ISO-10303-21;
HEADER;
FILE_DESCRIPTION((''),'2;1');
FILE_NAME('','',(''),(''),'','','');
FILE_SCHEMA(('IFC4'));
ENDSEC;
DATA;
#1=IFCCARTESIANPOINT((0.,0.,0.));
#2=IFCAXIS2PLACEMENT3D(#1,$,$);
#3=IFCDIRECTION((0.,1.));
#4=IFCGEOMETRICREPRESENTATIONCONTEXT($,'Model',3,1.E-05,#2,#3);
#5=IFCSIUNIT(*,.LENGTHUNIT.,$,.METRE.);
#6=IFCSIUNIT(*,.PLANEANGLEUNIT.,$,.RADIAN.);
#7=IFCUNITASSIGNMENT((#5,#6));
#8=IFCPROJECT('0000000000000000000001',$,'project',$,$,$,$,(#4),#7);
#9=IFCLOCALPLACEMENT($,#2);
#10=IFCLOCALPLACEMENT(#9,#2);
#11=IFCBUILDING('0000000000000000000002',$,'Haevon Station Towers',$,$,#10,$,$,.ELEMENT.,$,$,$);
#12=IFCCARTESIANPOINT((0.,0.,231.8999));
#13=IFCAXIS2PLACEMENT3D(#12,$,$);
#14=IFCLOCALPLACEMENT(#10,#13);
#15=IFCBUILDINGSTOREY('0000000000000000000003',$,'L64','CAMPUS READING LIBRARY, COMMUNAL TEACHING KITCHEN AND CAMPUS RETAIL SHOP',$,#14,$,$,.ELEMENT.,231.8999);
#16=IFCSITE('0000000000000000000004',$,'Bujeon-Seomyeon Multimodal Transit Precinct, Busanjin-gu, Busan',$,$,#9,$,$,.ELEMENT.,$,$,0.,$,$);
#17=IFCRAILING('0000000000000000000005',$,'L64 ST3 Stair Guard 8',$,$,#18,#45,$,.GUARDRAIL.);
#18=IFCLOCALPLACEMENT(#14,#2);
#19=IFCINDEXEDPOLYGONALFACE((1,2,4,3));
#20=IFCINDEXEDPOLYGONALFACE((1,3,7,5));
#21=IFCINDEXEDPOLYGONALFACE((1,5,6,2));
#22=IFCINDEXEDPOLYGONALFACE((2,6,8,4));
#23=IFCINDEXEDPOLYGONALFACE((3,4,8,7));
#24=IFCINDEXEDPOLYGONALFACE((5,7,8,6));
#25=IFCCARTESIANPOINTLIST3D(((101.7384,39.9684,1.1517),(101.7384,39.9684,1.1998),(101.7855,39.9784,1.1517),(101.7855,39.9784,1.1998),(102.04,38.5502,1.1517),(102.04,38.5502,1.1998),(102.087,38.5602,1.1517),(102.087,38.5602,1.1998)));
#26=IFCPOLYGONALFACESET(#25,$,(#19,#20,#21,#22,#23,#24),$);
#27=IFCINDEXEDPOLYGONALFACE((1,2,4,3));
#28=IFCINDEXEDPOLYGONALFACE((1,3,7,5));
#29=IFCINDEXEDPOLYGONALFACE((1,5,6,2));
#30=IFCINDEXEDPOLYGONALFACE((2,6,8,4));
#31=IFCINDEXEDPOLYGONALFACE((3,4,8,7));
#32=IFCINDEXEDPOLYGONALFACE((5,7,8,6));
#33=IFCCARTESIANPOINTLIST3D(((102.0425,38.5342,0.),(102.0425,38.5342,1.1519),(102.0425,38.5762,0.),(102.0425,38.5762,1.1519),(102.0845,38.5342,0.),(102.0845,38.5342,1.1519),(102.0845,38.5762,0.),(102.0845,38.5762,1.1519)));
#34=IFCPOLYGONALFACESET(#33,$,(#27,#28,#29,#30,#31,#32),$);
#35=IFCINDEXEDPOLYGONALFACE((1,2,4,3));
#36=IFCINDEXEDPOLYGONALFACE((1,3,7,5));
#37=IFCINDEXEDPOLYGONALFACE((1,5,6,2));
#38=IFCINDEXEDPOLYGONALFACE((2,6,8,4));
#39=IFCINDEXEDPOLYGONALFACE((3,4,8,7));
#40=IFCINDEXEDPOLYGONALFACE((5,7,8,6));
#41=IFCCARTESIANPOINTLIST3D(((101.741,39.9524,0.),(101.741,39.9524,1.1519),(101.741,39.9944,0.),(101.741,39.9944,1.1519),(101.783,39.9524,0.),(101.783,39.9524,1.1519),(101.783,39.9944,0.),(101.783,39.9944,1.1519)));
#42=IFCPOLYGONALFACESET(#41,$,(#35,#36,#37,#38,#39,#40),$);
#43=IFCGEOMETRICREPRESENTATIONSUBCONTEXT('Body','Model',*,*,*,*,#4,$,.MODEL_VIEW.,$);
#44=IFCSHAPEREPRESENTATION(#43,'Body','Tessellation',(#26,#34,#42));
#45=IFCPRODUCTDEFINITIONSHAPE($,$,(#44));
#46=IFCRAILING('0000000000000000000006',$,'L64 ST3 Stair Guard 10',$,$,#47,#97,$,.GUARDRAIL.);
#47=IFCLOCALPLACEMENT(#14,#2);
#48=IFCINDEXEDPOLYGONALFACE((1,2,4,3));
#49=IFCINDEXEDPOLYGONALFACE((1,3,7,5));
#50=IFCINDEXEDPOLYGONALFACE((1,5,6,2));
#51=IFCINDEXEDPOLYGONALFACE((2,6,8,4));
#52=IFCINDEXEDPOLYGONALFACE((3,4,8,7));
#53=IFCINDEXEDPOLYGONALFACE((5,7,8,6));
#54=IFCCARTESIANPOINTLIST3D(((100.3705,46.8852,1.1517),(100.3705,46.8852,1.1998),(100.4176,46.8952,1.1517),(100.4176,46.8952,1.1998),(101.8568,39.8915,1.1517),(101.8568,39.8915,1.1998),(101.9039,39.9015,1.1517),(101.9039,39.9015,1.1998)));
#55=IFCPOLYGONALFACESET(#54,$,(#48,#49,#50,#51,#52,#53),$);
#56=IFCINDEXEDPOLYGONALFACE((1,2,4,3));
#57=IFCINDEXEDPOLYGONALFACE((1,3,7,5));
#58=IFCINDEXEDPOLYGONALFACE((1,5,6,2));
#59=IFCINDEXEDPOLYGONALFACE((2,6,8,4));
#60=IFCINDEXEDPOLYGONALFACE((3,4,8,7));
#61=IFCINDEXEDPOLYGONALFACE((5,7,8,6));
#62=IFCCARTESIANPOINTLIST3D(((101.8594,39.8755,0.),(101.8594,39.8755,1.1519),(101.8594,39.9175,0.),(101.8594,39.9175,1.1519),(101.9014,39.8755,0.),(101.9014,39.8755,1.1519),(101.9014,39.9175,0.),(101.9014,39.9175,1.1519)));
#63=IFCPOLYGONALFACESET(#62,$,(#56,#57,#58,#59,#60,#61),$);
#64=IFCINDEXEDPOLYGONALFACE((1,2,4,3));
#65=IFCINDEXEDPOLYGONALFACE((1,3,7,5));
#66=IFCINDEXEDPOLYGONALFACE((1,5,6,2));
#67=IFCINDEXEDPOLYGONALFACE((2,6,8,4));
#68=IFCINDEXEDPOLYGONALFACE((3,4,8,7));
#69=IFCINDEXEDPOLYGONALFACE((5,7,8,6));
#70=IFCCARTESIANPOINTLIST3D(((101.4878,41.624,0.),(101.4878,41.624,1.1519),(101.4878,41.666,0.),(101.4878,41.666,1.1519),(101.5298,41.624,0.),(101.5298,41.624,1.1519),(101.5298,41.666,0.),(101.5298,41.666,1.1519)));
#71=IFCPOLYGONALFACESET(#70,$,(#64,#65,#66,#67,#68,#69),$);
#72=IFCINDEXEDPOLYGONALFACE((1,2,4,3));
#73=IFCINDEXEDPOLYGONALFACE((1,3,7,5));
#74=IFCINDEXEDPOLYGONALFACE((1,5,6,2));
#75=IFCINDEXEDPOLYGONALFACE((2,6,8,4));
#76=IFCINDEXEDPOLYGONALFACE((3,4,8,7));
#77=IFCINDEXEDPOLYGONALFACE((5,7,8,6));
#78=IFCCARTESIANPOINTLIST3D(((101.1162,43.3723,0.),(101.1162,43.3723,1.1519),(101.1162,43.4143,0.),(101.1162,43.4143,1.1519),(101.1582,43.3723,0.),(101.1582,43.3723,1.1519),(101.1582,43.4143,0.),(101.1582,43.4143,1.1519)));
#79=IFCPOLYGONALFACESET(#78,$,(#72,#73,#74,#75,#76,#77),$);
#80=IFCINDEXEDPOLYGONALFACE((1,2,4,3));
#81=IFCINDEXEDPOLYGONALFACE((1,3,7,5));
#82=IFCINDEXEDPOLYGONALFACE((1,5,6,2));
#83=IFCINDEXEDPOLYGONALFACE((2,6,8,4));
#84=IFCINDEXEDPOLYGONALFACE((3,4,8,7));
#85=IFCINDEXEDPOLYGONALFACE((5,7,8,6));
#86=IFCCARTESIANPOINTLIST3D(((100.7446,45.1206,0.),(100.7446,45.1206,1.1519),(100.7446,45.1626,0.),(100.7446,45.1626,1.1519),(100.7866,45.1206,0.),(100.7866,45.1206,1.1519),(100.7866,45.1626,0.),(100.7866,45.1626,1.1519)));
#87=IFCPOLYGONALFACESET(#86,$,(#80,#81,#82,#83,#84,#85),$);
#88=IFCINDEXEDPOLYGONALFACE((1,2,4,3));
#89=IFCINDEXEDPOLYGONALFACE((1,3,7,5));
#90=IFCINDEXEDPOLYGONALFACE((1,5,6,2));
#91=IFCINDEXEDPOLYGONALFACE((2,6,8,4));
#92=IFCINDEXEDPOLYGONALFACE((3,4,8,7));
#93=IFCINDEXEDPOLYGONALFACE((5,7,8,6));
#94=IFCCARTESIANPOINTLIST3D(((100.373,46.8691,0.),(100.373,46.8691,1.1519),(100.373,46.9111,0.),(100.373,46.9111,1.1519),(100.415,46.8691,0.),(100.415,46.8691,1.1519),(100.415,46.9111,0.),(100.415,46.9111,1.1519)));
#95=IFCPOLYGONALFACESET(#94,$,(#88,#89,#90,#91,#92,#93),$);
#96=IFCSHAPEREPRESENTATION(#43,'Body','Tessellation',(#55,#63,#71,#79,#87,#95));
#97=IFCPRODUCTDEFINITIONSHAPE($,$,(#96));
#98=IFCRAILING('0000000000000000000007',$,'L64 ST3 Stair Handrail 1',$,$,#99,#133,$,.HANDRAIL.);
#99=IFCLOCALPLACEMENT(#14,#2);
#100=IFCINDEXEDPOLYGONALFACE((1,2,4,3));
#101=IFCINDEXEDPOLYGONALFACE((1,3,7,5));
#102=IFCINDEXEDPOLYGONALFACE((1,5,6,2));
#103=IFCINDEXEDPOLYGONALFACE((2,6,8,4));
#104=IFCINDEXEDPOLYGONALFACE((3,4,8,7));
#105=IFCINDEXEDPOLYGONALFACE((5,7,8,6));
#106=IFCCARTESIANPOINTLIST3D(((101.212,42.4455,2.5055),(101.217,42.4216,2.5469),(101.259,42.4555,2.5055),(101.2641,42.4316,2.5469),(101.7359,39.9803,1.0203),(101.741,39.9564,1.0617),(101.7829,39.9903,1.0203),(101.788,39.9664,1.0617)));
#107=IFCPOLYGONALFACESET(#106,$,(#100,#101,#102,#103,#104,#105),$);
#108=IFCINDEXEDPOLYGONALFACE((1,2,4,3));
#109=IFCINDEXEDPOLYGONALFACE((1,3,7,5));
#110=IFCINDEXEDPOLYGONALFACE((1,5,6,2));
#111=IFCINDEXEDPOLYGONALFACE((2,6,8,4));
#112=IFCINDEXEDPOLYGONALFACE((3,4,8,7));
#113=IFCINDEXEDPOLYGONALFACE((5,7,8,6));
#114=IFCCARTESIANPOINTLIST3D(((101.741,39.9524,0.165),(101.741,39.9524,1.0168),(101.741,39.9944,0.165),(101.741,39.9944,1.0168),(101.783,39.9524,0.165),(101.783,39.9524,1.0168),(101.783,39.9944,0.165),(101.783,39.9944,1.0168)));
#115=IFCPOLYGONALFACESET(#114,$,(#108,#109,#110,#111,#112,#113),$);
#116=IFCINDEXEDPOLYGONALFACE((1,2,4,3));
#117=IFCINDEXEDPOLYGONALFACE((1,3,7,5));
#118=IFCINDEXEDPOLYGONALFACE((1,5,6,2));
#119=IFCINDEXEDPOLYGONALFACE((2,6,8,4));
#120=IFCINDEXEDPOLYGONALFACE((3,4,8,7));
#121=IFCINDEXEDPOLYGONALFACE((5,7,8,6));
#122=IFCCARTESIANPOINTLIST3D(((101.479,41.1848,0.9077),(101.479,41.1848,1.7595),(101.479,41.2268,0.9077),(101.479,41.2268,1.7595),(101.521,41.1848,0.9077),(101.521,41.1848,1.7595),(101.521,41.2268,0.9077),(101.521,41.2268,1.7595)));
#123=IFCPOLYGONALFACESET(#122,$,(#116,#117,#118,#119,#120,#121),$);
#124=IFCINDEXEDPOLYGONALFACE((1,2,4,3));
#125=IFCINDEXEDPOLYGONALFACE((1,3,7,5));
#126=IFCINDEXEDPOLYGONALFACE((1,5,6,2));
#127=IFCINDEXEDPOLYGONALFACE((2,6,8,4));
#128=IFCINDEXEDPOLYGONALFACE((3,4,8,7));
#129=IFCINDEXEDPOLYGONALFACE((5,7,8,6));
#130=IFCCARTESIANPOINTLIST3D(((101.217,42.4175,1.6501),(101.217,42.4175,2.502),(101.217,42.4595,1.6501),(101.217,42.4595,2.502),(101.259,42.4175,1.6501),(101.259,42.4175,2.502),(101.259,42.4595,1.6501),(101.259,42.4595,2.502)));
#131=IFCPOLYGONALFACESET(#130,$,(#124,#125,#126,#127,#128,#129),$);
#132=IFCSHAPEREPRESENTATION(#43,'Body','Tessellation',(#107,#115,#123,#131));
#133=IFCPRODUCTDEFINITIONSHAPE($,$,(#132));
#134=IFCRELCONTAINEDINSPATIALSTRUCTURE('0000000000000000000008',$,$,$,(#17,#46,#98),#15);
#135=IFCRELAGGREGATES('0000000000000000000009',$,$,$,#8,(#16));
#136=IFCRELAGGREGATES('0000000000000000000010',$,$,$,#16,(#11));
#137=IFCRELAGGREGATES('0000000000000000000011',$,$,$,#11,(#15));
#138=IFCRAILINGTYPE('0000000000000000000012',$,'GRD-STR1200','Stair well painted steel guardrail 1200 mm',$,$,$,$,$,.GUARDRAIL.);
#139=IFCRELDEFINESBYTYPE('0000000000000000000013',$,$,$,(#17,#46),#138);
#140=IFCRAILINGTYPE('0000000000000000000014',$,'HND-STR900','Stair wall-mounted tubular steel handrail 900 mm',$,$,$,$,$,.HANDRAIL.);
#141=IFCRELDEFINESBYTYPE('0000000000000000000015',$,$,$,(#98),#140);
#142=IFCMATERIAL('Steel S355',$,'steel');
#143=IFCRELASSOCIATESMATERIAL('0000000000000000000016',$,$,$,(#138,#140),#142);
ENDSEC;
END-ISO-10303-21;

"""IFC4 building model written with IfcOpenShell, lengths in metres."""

from ifc_helpers import new_model, si_unit, direction, frame, origin, origin_2d, place, context, subcontext, project, spatial, rectangle, extrude, material, type_object, element, save


model = new_model("IFC4")

# Units and contexts
model_context = context("Model", 3, precision=1e-05, world=origin(), true_north=direction((0.0, 1.0)))
body_context = subcontext(model_context, "Body", "Model", "MODEL_VIEW")
ifc_project = project(units=[si_unit("LENGTHUNIT", "METRE"), si_unit("PLANEANGLEUNIT", "RADIAN")], contexts=[model_context])

# Site, building, storey
site_placement = place(None, origin())
site = spatial("IfcSite", under=ifc_project, at=site_placement, Name="Bujeon-Seomyeon Multimodal Transit Precinct, Busanjin-gu, Busan", CompositionType="ELEMENT", RefElevation=0.0)
building_placement = place(site_placement, origin())
building = spatial("IfcBuilding", under=site, at=building_placement, Name="Haevon Station Towers", CompositionType="ELEMENT")
storey_placement = place(building_placement, frame((0.0, 0.0, 231.8999)))
storey = spatial("IfcBuildingStorey", under=building, at=storey_placement, Name="L64", Description="CAMPUS READING LIBRARY, COMMUNAL TEACHING KITCHEN AND CAMPUS RETAIL SHOP", CompositionType="ELEMENT", Elevation=231.8999)

# Railings
ifc_material_1 = material(Name="Steel S355", Category="steel")
railing_type_1 = type_object("IfcRailingType", Name="GRD-STR1200", Description="Stair well painted steel guardrail 1200 mm", PredefinedType="GUARDRAIL", material=ifc_material_1)
railing_1_placement = place(storey_placement, frame((102.0635, 38.5552, 0.0)))
element("IfcRailing", 1, at=railing_1_placement, inside=storey, type_object=railing_type_1, Name="L64 ST3 Stair Guard 8", PredefinedType="GUARDRAIL", context=body_context, shape_type="SweptSolid", body=[
    extrude(rectangle(XDim=0.0481, YDim=0.0481, at=origin_2d()), frame((0.0, 0.0, 1.1758), z_axis=(-0.207953, 0.978139, 0.0), x_axis=(-0.978139, -0.207953, 0.0)), (0.0, 0.0, 1.0), 1.45),
    extrude(rectangle(XDim=0.042, YDim=0.042, at=origin_2d()), origin(), (0.0, 0.0, 1.0), 1.1519),
    extrude(rectangle(XDim=0.042, YDim=0.042, at=origin_2d()), frame((-0.3015, 1.4182, 0.0)), (0.0, 0.0, 1.0), 1.1519),
])
railing_2_placement = place(storey_placement, frame((101.8804, 39.8965, 0.0)))
element("IfcRailing", 2, at=railing_2_placement, inside=storey, type_object=railing_type_1, Name="L64 ST3 Stair Guard 10", PredefinedType="GUARDRAIL", context=body_context, shape_type="SweptSolid", body=[
    extrude(rectangle(XDim=0.0481, YDim=0.0481, at=origin_2d()), frame((0.0, 0.0, 1.1758), z_axis=(-0.207882, 0.978154, 0.0), x_axis=(-0.978154, -0.207882, 0.0)), (0.0, 0.0, 1.0), 7.1499),
    extrude(rectangle(XDim=0.042, YDim=0.042, at=origin_2d()), origin(), (0.0, 0.0, 1.0), 1.1519),
    extrude(rectangle(XDim=0.042, YDim=0.042, at=origin_2d()), frame((-0.3716, 1.7485, 0.0)), (0.0, 0.0, 1.0), 1.1519),
    extrude(rectangle(XDim=0.042, YDim=0.042, at=origin_2d()), frame((-0.7432, 3.4968, 0.0)), (0.0, 0.0, 1.0), 1.1519),
    extrude(rectangle(XDim=0.042, YDim=0.042, at=origin_2d()), frame((-1.1147, 5.2451, 0.0)), (0.0, 0.0, 1.0), 1.1519),
    extrude(rectangle(XDim=0.042, YDim=0.042, at=origin_2d()), frame((-1.4863, 6.9937, 0.0)), (0.0, 0.0, 1.0), 1.1519),
])
railing_type_2 = type_object("IfcRailingType", Name="HND-STR900", Description="Stair wall-mounted tubular steel handrail 900 mm", PredefinedType="HANDRAIL", material=ifc_material_1)
railing_3_placement = place(storey_placement, frame((101.762, 39.9734, 0.165)))
element("IfcRailing", 3, at=railing_3_placement, inside=storey, type_object=railing_type_2, Name="L64 ST3 Stair Handrail 1", PredefinedType="HANDRAIL", context=body_context, shape_type="SweptSolid", body=[
    extrude(rectangle(XDim=0.0481, YDim=0.0481, at=origin_2d()), frame((0.0, 0.0, 0.876), z_axis=(-0.179109, 0.842712, 0.507697), x_axis=(-0.978151, -0.207895, 0.0)), (0.0, 0.0, 1.0), 2.9253),
    extrude(rectangle(XDim=0.042, YDim=0.042, at=origin_2d()), origin(), (0.0, 0.0, 1.0), 0.8518),
    extrude(rectangle(XDim=0.042, YDim=0.042, at=origin_2d()), frame((-0.262, 1.2324, 0.7427)), (0.0, 0.0, 1.0), 0.8518),
    extrude(rectangle(XDim=0.042, YDim=0.042, at=origin_2d()), frame((-0.5239, 2.4651, 1.4851)), (0.0, 0.0, 1.0), 0.8518),
])

save(model, "model.ifc")
